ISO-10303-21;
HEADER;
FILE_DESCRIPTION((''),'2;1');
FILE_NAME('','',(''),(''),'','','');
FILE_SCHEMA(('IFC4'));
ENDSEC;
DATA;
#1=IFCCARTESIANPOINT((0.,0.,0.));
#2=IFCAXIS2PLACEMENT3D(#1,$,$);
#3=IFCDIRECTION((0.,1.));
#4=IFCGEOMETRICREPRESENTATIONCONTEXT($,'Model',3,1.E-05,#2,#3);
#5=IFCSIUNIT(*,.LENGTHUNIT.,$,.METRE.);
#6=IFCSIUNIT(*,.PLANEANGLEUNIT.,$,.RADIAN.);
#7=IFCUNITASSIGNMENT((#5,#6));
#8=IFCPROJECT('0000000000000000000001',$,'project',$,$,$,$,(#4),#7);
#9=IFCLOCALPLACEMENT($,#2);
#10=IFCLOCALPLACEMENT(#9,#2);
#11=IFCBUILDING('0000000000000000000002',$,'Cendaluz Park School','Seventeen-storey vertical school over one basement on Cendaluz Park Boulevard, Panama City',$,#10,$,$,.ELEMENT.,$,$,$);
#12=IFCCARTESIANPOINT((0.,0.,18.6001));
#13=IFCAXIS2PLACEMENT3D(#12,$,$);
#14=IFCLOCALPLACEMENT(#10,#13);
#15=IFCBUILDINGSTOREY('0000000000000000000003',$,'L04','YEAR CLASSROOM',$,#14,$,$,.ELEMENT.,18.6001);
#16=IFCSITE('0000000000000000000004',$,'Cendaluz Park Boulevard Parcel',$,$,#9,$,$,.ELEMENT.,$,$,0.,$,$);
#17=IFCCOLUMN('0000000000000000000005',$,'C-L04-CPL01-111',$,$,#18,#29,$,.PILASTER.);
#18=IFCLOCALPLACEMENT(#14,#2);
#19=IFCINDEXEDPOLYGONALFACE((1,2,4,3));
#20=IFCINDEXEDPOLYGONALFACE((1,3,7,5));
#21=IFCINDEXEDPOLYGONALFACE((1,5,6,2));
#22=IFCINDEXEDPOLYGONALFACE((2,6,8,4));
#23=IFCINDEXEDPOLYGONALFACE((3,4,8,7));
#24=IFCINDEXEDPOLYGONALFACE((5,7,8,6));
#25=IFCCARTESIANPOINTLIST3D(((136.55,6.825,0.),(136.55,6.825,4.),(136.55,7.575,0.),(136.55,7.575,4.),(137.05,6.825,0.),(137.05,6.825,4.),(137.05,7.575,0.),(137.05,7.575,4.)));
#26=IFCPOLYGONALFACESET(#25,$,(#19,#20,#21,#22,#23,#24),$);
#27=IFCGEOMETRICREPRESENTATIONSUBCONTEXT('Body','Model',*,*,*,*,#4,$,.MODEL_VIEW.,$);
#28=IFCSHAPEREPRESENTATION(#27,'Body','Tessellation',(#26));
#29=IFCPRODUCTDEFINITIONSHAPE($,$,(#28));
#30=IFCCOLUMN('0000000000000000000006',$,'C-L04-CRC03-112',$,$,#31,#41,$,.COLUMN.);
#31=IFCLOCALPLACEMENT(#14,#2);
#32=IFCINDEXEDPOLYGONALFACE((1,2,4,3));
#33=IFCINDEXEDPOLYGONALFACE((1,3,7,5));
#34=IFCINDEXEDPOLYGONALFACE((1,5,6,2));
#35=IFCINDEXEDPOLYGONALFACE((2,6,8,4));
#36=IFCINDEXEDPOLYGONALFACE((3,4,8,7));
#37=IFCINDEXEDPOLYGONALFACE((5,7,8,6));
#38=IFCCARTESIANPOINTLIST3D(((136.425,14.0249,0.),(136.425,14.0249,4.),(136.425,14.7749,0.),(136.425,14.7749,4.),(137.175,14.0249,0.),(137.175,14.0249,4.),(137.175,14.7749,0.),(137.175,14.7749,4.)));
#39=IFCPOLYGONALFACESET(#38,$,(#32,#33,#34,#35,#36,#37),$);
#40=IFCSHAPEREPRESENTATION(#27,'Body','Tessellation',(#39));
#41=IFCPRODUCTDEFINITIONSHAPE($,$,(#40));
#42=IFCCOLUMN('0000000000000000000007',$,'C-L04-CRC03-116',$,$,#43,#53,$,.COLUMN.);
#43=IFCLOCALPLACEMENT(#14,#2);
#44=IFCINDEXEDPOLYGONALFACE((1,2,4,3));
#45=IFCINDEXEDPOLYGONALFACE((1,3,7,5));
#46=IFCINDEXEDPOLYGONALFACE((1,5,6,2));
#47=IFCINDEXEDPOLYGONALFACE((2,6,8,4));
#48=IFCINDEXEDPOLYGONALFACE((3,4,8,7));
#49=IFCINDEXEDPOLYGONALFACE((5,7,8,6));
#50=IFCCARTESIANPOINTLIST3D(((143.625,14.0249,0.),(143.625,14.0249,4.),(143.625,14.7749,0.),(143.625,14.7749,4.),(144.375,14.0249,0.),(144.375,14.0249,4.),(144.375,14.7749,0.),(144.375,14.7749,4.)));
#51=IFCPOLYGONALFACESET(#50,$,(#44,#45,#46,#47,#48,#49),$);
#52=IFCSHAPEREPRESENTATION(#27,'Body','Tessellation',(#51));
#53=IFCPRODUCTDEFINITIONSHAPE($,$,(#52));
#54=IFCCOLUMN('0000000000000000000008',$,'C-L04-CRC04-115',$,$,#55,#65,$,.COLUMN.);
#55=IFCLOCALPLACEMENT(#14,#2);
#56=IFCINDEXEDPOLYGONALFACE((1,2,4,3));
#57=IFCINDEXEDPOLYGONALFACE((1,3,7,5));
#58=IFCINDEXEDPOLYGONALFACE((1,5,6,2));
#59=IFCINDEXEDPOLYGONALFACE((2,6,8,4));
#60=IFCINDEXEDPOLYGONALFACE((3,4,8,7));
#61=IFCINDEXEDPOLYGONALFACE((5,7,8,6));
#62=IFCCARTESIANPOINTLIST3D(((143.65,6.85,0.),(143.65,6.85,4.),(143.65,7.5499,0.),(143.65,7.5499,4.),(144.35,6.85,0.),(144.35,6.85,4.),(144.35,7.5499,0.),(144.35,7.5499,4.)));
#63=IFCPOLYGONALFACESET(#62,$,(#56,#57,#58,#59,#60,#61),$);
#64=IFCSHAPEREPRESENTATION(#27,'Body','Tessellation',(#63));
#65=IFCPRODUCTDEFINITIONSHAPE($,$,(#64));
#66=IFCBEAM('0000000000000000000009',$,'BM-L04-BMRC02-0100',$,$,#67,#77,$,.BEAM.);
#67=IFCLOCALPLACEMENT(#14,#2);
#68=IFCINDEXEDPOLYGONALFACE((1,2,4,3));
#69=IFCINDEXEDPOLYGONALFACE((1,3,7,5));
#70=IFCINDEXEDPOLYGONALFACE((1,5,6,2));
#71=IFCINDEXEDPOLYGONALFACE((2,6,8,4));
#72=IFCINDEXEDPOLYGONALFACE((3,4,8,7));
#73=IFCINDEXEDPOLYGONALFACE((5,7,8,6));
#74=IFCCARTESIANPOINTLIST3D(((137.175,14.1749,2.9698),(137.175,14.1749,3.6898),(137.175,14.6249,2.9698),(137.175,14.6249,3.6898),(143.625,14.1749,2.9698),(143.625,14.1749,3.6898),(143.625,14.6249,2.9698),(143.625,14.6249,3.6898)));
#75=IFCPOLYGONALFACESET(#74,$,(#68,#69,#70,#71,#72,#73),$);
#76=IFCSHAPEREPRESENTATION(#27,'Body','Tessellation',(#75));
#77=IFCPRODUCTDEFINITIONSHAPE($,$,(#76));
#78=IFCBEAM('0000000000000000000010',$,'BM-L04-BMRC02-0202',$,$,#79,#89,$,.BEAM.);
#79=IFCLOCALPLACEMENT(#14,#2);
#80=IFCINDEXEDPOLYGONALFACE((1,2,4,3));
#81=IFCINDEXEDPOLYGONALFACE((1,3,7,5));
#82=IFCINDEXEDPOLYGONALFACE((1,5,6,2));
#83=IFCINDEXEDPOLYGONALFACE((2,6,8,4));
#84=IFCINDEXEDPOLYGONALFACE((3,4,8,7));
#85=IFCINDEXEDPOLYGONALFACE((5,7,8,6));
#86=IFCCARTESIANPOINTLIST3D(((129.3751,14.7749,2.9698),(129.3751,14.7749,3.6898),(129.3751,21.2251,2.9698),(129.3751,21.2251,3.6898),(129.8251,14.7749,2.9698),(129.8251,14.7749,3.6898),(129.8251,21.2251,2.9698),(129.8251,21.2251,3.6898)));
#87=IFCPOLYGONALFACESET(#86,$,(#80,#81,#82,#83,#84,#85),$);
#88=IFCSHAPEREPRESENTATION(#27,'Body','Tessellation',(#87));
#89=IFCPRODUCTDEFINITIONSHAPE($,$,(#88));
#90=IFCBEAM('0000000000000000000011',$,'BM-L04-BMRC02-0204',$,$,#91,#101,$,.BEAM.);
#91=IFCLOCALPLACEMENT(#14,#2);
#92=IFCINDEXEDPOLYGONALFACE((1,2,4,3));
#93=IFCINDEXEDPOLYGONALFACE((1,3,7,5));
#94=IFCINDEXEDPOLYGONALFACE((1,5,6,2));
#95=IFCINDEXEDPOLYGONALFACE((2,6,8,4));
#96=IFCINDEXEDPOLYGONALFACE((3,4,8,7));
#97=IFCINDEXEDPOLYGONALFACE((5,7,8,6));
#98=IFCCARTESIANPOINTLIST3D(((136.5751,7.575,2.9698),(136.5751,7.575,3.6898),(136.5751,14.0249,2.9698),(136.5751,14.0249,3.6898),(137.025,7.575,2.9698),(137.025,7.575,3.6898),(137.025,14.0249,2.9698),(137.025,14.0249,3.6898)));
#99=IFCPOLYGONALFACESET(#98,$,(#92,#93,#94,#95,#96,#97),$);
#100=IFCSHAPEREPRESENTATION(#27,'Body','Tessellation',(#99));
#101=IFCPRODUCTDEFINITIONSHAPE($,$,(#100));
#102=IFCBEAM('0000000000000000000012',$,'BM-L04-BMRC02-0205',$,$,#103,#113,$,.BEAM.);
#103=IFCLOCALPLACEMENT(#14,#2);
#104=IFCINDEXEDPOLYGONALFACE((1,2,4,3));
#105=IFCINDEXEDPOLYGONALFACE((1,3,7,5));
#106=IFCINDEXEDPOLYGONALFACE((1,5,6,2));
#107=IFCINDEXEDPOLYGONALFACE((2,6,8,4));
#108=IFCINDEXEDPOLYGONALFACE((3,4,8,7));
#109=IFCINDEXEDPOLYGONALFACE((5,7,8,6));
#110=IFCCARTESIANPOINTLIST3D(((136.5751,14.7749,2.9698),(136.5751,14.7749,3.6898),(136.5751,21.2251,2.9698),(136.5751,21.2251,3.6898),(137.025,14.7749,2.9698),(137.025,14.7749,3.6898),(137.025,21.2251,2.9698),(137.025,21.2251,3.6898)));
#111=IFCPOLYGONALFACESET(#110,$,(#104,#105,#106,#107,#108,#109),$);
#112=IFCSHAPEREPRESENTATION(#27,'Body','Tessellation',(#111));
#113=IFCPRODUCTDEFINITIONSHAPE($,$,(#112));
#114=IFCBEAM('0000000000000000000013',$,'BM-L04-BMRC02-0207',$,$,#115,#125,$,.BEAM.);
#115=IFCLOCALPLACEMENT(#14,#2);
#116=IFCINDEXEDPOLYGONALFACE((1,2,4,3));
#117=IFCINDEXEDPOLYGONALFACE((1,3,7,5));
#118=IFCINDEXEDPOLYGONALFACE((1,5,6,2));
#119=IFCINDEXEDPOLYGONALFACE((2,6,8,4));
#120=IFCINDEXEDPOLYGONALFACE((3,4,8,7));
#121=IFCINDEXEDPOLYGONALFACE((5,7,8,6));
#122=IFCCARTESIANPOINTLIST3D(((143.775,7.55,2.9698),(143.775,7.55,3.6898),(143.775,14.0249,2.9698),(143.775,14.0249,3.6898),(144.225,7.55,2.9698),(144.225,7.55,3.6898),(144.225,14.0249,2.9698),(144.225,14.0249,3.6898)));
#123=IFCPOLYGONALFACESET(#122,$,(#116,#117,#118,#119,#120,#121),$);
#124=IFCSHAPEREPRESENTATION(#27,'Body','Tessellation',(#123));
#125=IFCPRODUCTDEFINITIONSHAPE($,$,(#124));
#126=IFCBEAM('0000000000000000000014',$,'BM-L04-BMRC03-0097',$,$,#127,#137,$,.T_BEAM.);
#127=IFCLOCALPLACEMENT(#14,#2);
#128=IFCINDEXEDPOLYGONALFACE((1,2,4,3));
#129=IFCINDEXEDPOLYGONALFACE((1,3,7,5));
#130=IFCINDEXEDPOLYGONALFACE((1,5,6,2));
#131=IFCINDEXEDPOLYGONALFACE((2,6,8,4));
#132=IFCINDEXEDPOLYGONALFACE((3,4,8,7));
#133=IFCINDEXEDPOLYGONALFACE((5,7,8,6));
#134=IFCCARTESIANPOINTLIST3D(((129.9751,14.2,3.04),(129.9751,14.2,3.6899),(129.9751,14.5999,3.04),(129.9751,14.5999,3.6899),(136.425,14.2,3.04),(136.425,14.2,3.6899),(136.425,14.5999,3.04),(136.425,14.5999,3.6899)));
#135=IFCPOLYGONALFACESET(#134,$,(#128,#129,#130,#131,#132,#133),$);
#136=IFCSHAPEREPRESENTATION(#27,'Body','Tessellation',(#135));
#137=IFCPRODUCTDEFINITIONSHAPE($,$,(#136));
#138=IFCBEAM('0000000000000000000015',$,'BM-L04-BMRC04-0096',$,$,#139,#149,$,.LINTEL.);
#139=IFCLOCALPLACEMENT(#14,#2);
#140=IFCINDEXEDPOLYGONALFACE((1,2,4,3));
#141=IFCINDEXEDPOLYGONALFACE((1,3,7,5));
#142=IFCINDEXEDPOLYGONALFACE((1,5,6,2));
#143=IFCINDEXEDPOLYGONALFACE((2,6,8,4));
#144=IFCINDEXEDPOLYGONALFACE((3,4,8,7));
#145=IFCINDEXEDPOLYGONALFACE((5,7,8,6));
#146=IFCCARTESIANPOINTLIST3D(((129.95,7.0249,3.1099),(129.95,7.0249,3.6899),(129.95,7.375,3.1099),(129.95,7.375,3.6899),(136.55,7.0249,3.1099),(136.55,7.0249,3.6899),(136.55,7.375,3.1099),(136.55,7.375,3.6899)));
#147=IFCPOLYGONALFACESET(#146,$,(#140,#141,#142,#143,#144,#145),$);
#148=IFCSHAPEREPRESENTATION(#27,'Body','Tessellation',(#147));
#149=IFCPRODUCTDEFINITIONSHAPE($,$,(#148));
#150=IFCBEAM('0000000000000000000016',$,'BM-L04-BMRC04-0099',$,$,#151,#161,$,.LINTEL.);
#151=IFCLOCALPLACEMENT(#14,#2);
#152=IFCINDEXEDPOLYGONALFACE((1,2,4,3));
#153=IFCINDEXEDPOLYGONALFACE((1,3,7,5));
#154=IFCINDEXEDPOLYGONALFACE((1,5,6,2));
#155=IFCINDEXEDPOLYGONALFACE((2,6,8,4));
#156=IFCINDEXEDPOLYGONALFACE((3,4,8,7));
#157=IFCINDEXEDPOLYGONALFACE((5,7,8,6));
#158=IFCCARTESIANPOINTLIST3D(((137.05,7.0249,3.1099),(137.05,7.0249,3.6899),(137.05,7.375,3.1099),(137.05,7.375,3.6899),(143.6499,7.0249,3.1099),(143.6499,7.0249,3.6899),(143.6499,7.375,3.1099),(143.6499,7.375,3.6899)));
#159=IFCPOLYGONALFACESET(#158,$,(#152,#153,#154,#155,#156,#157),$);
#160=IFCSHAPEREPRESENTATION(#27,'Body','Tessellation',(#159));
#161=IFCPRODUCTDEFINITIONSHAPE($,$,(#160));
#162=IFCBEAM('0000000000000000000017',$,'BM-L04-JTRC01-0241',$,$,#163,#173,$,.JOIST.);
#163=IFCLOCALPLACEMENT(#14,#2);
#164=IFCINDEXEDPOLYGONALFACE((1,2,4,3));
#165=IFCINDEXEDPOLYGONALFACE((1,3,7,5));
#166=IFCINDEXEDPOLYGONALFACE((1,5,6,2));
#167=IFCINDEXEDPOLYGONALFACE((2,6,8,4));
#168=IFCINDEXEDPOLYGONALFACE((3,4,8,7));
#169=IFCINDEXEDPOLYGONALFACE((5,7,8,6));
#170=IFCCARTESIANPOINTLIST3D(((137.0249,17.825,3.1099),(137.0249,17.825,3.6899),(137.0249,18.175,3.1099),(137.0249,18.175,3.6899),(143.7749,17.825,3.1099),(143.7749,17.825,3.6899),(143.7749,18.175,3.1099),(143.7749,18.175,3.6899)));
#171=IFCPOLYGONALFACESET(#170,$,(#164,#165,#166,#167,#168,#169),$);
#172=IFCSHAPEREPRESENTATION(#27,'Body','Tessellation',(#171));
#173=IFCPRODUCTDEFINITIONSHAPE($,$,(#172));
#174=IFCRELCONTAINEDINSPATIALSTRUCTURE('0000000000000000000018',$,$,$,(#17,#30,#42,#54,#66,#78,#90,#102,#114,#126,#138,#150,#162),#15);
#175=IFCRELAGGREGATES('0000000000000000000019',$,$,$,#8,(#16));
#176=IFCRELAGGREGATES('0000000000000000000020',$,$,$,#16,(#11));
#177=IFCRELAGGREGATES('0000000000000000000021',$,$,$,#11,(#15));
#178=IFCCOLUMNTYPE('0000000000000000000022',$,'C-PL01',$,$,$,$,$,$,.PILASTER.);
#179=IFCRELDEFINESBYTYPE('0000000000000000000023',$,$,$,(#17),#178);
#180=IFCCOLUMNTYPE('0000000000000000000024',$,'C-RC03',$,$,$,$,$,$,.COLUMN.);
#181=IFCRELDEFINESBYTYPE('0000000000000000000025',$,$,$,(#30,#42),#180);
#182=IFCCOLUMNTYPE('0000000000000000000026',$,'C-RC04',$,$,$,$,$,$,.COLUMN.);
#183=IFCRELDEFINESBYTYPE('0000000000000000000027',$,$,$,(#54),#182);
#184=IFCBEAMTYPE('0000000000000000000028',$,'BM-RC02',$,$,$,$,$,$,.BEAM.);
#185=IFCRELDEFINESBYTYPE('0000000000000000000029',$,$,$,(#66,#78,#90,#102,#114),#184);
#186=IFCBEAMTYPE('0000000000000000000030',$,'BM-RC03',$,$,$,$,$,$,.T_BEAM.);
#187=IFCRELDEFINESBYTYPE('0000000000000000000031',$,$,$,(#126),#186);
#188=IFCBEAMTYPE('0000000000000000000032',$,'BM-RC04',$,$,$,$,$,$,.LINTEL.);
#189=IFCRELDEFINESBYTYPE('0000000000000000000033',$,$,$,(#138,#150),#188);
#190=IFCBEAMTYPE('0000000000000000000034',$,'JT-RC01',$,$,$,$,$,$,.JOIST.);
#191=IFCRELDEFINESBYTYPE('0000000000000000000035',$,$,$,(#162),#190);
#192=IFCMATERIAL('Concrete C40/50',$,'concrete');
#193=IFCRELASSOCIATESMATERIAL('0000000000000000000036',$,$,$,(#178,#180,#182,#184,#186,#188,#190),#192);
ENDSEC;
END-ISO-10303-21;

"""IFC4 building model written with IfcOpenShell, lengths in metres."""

from ifc_helpers import new_model, si_unit, direction, frame, origin, origin_2d, place, context, subcontext, project, spatial, rectangle, extrude, material, material_profile, profile_set, type_object, element, save


model = new_model("IFC4")

# Units and contexts
model_context = context("Model", 3, precision=1e-05, world=origin(), true_north=direction((0.0, 1.0)))
body_context = subcontext(model_context, "Body", "Model", "MODEL_VIEW")
ifc_project = project(units=[si_unit("LENGTHUNIT", "METRE"), si_unit("PLANEANGLEUNIT", "RADIAN")], contexts=[model_context])

# Site, building, storey
site_placement = place(None, origin())
site = spatial("IfcSite", under=ifc_project, at=site_placement, Name="Cendaluz Park Boulevard Parcel", CompositionType="ELEMENT", RefElevation=0.0)
building_placement = place(site_placement, origin())
building = spatial("IfcBuilding", under=site, at=building_placement, Name="Cendaluz Park School", Description="Seventeen-storey vertical school over one basement on Cendaluz Park Boulevard, Panama City", CompositionType="ELEMENT")
storey_placement = place(building_placement, frame((0.0, 0.0, 18.6001)))
storey = spatial("IfcBuildingStorey", under=building, at=storey_placement, Name="L04", Description="YEAR CLASSROOM", CompositionType="ELEMENT", Elevation=18.6001)

# Columns
ifc_material_1 = material(Name="Concrete C40/50", Category="concrete")
ifc_material_profile_1 = material_profile(ifc_material_1, rectangle(XDim=0.5, YDim=0.75, at=origin_2d()), Name="RC 500x750", Category="concrete")
ifc_profile_set_1 = profile_set([ifc_material_profile_1], Name="Concrete C40/50")
column_type_1 = type_object("IfcColumnType", Name="C-PL01", PredefinedType="PILASTER", material=ifc_profile_set_1)
column_1_placement = place(storey_placement, frame((136.8, 7.2, 0.0), z_axis=(0.0, 0.0, 1.0), x_axis=(1.0, 0.0, 0.0)))
element("IfcColumn", 1, at=column_1_placement, inside=storey, type_object=column_type_1, Name="C-L04-CPL01-111", PredefinedType="PILASTER", context=body_context, shape_type="SweptSolid", body=[
    extrude(rectangle(XDim=0.5, YDim=0.75, at=origin_2d()), origin(), (0.0, 0.0, 1.0), 4.0),
])
ifc_material_profile_2 = material_profile(ifc_material_1, rectangle(XDim=0.75, YDim=0.75, at=origin_2d()), Name="RC 750x750", Category="concrete")
ifc_profile_set_2 = profile_set([ifc_material_profile_2], Name="Concrete C40/50")
column_type_2 = type_object("IfcColumnType", Name="C-RC03", PredefinedType="COLUMN", material=ifc_profile_set_2)
for number, where, z_axis, x_axis, name in (
    (2, (136.8, 14.3999, 0.0), (0.0, 0.0, 1.0), (1.0, 0.0, 0.0), "C-L04-CRC03-112"),
    (3, (144.0, 14.3999, 0.0), (0.0, 0.0, 1.0), (1.0, 0.0, 0.0), "C-L04-CRC03-116"),
):
    element("IfcColumn", number, at=place(storey_placement, frame(where, z_axis=z_axis, x_axis=x_axis)), inside=storey, type_object=column_type_2, Name=name, PredefinedType="COLUMN", context=body_context, shape_type="SweptSolid", body=[
        extrude(rectangle(XDim=0.75, YDim=0.75, at=origin_2d()), origin(), (0.0, 0.0, 1.0), 4.0),
    ])
ifc_material_profile_3 = material_profile(ifc_material_1, rectangle(XDim=0.7, YDim=0.7, at=origin_2d()), Name="RC 700x700", Category="concrete")
ifc_profile_set_3 = profile_set([ifc_material_profile_3], Name="Concrete C40/50")
column_type_3 = type_object("IfcColumnType", Name="C-RC04", PredefinedType="COLUMN", material=ifc_profile_set_3)
column_2_placement = place(storey_placement, frame((144.0, 7.2, 0.0), z_axis=(0.0, 0.0, 1.0), x_axis=(1.0, 0.0, 0.0)))
element("IfcColumn", 4, at=column_2_placement, inside=storey, type_object=column_type_3, Name="C-L04-CRC04-115", PredefinedType="COLUMN", context=body_context, shape_type="SweptSolid", body=[
    extrude(rectangle(XDim=0.7, YDim=0.7, at=origin_2d()), origin(), (0.0, 0.0, 1.0), 4.0),
])

# Beams
ifc_material_profile_4 = material_profile(ifc_material_1, rectangle(XDim=0.45, YDim=0.72, at=origin_2d()), Name="RC 450x720", Category="concrete")
ifc_profile_set_4 = profile_set([ifc_material_profile_4], Name="Concrete C40/50")
beam_type_1 = type_object("IfcBeamType", Name="BM-RC02", PredefinedType="BEAM", material=ifc_profile_set_4)
beam_1_placement = place(storey_placement, frame((137.175, 14.3999, 3.3298), z_axis=(1.0, 0.0, 0.0), x_axis=(0.0, 1.0, 0.0)))
element("IfcBeam", 5, at=beam_1_placement, inside=storey, type_object=beam_type_1, Name="BM-L04-BMRC02-0100", PredefinedType="BEAM", context=body_context, shape_type="SweptSolid", body=[
    extrude(rectangle(XDim=0.45, YDim=0.72, at=origin_2d()), origin(), (0.0, 0.0, 1.0), 6.45),
])
beam_2_placement = place(storey_placement, frame((129.6001, 14.7749, 3.3298), z_axis=(0.0, 1.0, 0.0), x_axis=(-1.0, 0.0, 0.0)))
element("IfcBeam", 6, at=beam_2_placement, inside=storey, type_object=beam_type_1, Name="BM-L04-BMRC02-0202", PredefinedType="BEAM", context=body_context, shape_type="SweptSolid", body=[
    extrude(rectangle(XDim=0.45, YDim=0.72, at=origin_2d()), origin(), (0.0, 0.0, 1.0), 6.4502),
])
beam_3_placement = place(storey_placement, frame((136.8, 7.575, 3.3298), z_axis=(0.0, 1.0, 0.0), x_axis=(-1.0, 0.0, 0.0)))
element("IfcBeam", 7, at=beam_3_placement, inside=storey, type_object=beam_type_1, Name="BM-L04-BMRC02-0204", PredefinedType="BEAM", context=body_context, shape_type="SweptSolid", body=[
    extrude(rectangle(XDim=0.45, YDim=0.72, at=origin_2d()), origin(), (0.0, 0.0, 1.0), 6.45),
])
beam_4_placement = place(storey_placement, frame((136.8, 14.7749, 3.3298), z_axis=(0.0, 1.0, 0.0), x_axis=(-1.0, 0.0, 0.0)))
element("IfcBeam", 8, at=beam_4_placement, inside=storey, type_object=beam_type_1, Name="BM-L04-BMRC02-0205", PredefinedType="BEAM", context=body_context, shape_type="SweptSolid", body=[
    extrude(rectangle(XDim=0.45, YDim=0.72, at=origin_2d()), origin(), (0.0, 0.0, 1.0), 6.4502),
])
beam_5_placement = place(storey_placement, frame((144.0, 7.55, 3.3298), z_axis=(0.0, 1.0, 0.0), x_axis=(-1.0, 0.0, 0.0)))
element("IfcBeam", 9, at=beam_5_placement, inside=storey, type_object=beam_type_1, Name="BM-L04-BMRC02-0207", PredefinedType="BEAM", context=body_context, shape_type="SweptSolid", body=[
    extrude(rectangle(XDim=0.45, YDim=0.72, at=origin_2d()), origin(), (0.0, 0.0, 1.0), 6.4749),
])
ifc_material_profile_5 = material_profile(ifc_material_1, rectangle(XDim=0.3999, YDim=0.6499, at=origin_2d()), Name="RC 400x650", Category="concrete")
ifc_profile_set_5 = profile_set([ifc_material_profile_5], Name="Concrete C40/50")
beam_type_2 = type_object("IfcBeamType", Name="BM-RC03", PredefinedType="T_BEAM", material=ifc_profile_set_5)
beam_6_placement = place(storey_placement, frame((129.9751, 14.3999, 3.365), z_axis=(1.0, 0.0, 0.0), x_axis=(0.0, 1.0, 0.0)))
element("IfcBeam", 10, at=beam_6_placement, inside=storey, type_object=beam_type_2, Name="BM-L04-BMRC03-0097", PredefinedType="T_BEAM", context=body_context, shape_type="SweptSolid", body=[
    extrude(rectangle(XDim=0.3999, YDim=0.6499, at=origin_2d()), origin(), (0.0, 0.0, 1.0), 6.45),
])
ifc_material_profile_6 = material_profile(ifc_material_1, rectangle(XDim=0.3501, YDim=0.5801, at=origin_2d()), Name="RC 350x580", Category="concrete")
ifc_profile_set_6 = profile_set([ifc_material_profile_6], Name="Concrete C40/50")
beam_type_3 = type_object("IfcBeamType", Name="BM-RC04", PredefinedType="LINTEL", material=ifc_profile_set_6)
beam_7_placement = place(storey_placement, frame((129.95, 7.2, 3.3999), z_axis=(1.0, 0.0, 0.0), x_axis=(0.0, 1.0, 0.0)))
element("IfcBeam", 11, at=beam_7_placement, inside=storey, type_object=beam_type_3, Name="BM-L04-BMRC04-0096", PredefinedType="LINTEL", context=body_context, shape_type="SweptSolid", body=[
    extrude(rectangle(XDim=0.3501, YDim=0.5801, at=origin_2d()), origin(), (0.0, 0.0, 1.0), 6.6001),
])
beam_8_placement = place(storey_placement, frame((137.05, 7.2, 3.3999), z_axis=(1.0, 0.0, 0.0), x_axis=(0.0, 1.0, 0.0)))
element("IfcBeam", 12, at=beam_8_placement, inside=storey, type_object=beam_type_3, Name="BM-L04-BMRC04-0099", PredefinedType="LINTEL", context=body_context, shape_type="SweptSolid", body=[
    extrude(rectangle(XDim=0.3501, YDim=0.5801, at=origin_2d()), origin(), (0.0, 0.0, 1.0), 6.5999),
])
ifc_material_profile_7 = material_profile(ifc_material_1, rectangle(XDim=0.3501, YDim=0.5801, at=origin_2d()), Name="RC 350x580", Category="concrete")
ifc_profile_set_7 = profile_set([ifc_material_profile_7], Name="Concrete C40/50")
beam_type_4 = type_object("IfcBeamType", Name="JT-RC01", PredefinedType="JOIST", material=ifc_profile_set_7)
beam_9_placement = place(storey_placement, frame((137.0249, 18.0, 3.3999), z_axis=(1.0, 0.0, 0.0), x_axis=(0.0, 1.0, 0.0)))
element("IfcBeam", 13, at=beam_9_placement, inside=storey, type_object=beam_type_4, Name="BM-L04-JTRC01-0241", PredefinedType="JOIST", context=body_context, shape_type="SweptSolid", body=[
    extrude(rectangle(XDim=0.3501, YDim=0.5801, at=origin_2d()), origin(), (0.0, 0.0, 1.0), 6.75),
])

save(model, "model.ifc")
